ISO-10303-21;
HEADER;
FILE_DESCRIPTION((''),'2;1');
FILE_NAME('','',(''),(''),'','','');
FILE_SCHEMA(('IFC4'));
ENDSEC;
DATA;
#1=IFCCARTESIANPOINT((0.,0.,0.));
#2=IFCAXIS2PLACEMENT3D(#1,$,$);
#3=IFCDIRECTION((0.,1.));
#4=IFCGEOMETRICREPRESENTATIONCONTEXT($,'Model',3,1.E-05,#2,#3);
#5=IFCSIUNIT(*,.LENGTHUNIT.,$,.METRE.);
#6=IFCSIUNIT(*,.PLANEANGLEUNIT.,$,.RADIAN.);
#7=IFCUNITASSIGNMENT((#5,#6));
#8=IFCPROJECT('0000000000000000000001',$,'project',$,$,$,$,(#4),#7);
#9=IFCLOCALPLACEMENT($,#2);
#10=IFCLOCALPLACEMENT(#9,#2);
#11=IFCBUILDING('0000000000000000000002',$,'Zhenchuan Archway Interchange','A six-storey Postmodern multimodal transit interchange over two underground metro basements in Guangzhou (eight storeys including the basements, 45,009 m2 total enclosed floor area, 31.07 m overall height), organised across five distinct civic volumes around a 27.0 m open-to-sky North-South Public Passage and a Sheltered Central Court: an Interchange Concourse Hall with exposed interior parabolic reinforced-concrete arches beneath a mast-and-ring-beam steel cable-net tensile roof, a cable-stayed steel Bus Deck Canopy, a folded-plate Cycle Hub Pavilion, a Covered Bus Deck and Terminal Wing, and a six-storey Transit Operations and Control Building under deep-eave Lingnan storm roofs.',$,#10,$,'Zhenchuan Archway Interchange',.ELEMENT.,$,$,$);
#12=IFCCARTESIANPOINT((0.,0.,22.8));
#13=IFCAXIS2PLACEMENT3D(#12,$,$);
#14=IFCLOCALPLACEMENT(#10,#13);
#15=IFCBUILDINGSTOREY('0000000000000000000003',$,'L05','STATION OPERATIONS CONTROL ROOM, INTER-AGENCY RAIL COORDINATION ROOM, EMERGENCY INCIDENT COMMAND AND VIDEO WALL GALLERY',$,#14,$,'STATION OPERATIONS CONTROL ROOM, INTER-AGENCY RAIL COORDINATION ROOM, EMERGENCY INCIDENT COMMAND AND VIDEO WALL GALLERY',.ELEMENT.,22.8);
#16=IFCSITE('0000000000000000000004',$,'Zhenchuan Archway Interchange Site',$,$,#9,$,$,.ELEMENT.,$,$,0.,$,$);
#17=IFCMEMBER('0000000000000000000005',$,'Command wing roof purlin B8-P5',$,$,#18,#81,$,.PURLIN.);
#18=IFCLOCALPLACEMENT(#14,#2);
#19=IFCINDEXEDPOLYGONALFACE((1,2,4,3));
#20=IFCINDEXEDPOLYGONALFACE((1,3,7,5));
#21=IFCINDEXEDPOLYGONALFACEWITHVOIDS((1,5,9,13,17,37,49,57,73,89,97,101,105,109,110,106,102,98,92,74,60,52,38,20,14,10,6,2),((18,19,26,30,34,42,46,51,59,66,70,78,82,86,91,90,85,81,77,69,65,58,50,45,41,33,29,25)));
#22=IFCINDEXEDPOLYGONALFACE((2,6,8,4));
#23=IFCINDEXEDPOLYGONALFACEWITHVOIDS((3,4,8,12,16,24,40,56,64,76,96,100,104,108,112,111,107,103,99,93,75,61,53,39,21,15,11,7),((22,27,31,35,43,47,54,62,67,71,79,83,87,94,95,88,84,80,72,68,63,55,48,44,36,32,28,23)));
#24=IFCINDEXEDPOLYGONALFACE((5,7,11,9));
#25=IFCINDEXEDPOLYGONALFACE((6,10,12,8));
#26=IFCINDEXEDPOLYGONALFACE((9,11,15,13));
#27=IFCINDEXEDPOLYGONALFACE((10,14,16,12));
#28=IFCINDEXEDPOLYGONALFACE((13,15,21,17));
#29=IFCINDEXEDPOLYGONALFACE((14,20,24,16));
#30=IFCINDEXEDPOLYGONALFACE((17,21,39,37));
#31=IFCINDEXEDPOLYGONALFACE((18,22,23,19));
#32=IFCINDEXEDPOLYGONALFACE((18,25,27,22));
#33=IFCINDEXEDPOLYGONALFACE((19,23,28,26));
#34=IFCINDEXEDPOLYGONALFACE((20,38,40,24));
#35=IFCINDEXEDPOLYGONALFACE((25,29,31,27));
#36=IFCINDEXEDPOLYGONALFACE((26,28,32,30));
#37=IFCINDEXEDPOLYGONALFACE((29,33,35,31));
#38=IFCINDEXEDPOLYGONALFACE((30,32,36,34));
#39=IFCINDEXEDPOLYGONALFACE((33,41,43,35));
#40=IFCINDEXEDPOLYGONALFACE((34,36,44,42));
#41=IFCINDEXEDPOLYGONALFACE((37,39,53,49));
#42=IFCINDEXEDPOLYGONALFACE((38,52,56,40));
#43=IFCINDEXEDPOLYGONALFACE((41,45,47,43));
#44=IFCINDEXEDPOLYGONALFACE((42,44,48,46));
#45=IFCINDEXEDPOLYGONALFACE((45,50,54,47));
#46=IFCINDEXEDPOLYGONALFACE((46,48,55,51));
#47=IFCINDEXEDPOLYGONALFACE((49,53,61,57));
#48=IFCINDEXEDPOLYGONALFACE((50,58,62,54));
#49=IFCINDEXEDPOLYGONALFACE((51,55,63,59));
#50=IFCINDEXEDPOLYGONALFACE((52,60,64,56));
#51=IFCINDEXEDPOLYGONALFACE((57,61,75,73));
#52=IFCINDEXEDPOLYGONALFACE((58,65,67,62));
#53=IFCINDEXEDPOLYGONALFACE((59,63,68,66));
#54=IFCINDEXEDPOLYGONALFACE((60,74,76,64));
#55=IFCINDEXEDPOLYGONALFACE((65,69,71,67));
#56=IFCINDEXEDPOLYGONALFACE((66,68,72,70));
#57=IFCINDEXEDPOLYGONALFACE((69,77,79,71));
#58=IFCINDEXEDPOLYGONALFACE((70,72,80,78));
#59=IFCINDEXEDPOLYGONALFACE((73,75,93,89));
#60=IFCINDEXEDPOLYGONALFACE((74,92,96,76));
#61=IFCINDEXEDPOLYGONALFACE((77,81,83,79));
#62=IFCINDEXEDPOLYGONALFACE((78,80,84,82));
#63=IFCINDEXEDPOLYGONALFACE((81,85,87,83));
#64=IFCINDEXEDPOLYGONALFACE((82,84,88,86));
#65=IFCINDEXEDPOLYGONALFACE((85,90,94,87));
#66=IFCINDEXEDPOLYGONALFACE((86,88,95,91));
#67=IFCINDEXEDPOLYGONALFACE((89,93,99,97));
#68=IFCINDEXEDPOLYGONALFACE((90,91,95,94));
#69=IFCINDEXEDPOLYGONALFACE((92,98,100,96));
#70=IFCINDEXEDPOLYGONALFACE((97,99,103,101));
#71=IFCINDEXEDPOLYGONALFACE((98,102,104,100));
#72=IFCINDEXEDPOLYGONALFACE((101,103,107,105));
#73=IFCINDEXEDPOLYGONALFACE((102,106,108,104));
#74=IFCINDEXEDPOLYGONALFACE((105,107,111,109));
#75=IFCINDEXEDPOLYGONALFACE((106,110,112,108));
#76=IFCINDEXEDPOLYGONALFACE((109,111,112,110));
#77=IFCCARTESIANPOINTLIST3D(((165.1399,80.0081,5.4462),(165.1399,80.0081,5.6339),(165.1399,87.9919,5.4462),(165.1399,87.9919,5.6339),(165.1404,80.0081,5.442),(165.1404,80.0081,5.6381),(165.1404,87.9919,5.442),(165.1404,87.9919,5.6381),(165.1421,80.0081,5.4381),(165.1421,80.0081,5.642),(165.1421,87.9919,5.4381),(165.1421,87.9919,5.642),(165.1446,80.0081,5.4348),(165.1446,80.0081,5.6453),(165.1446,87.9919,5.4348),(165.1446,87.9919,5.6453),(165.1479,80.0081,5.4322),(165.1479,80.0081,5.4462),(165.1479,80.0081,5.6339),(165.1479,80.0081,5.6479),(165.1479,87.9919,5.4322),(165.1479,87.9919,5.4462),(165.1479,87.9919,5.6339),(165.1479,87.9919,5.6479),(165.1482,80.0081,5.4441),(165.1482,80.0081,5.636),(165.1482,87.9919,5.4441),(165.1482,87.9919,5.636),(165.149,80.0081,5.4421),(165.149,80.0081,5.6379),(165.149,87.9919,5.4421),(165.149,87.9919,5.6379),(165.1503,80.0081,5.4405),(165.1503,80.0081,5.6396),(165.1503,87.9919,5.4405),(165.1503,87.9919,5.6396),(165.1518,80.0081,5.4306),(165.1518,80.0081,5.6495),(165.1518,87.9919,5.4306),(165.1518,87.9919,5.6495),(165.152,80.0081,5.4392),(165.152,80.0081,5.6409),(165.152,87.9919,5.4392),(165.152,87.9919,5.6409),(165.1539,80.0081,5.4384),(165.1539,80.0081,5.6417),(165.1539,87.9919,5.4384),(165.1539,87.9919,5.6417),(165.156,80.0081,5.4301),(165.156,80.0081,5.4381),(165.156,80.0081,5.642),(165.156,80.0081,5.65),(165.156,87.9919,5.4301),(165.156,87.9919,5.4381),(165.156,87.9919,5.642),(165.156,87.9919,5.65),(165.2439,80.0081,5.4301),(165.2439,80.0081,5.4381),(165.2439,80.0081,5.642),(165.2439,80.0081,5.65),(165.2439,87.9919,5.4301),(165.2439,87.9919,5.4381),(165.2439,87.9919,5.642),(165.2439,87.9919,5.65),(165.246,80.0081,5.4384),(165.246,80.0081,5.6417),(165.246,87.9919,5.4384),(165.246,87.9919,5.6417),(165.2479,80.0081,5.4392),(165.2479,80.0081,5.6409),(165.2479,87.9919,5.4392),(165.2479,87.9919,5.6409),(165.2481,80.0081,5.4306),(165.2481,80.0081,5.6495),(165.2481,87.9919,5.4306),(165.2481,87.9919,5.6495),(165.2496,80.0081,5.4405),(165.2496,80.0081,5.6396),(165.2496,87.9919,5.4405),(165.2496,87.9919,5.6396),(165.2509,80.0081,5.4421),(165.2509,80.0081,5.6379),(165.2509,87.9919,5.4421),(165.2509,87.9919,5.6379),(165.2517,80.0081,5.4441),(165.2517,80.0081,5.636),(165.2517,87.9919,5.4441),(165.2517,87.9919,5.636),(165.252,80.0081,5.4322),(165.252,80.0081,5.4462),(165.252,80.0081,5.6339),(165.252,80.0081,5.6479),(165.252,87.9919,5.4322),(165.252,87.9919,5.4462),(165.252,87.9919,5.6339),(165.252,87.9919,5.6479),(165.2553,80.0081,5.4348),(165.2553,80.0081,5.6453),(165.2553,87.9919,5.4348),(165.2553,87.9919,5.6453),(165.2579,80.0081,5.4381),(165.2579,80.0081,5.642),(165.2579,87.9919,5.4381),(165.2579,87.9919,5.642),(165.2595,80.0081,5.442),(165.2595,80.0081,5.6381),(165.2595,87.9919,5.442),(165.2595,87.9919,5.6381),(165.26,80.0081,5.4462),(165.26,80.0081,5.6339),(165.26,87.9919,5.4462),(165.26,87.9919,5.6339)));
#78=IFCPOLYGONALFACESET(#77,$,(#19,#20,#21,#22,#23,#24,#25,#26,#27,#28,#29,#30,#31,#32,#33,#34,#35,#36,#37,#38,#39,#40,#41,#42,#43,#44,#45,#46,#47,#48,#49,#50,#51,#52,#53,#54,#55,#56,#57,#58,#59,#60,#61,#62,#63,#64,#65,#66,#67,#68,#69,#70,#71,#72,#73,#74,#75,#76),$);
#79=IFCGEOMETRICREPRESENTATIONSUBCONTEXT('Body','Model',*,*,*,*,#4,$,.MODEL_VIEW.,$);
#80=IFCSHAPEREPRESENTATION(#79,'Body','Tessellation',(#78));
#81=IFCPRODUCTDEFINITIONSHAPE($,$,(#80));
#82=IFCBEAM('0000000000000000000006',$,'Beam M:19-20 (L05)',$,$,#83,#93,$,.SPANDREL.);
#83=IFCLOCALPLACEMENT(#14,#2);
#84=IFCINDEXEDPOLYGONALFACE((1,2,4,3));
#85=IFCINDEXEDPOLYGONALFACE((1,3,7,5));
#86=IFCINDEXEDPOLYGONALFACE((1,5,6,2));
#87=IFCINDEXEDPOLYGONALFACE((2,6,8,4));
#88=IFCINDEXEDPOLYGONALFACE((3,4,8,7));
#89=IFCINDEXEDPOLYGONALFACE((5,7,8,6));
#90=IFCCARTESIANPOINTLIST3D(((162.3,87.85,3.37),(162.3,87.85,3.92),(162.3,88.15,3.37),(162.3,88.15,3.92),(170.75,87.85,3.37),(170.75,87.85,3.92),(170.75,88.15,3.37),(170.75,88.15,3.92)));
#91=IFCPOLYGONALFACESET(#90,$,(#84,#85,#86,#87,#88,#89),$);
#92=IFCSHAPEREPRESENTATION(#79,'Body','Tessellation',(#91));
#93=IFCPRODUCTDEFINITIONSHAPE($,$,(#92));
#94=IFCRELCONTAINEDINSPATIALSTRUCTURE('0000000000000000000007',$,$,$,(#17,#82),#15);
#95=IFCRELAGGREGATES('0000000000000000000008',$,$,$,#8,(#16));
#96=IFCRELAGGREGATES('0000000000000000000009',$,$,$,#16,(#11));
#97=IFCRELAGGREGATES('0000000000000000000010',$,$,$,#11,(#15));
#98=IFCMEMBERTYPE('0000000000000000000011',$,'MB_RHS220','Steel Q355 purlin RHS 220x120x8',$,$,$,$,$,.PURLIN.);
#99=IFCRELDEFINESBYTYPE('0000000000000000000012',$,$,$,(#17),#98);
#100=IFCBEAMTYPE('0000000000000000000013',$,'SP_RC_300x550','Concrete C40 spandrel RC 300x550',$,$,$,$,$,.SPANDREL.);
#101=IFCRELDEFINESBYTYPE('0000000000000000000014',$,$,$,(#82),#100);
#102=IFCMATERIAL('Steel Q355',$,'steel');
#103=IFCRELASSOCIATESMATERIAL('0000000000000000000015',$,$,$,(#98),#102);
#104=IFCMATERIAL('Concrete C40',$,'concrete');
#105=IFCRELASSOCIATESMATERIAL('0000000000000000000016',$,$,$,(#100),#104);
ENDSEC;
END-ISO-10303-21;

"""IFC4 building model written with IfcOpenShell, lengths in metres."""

from ifc_helpers import new_model, si_unit, direction, frame, origin, origin_2d, place, context, subcontext, project, spatial, rectangle, hollow_rectangle, extrude, material, material_profile, profile_set, type_object, element, save


model = new_model("IFC4")

# Units and contexts
model_context = context("Model", 3, precision=1e-05, world=origin(), true_north=direction((0.0, 1.0)))
body_context = subcontext(model_context, "Body", "Model", "MODEL_VIEW")
ifc_project = project(units=[si_unit("LENGTHUNIT", "METRE"), si_unit("PLANEANGLEUNIT", "RADIAN")], contexts=[model_context])

# Site, building, storey
site_placement = place(None, origin())
site = spatial("IfcSite", under=ifc_project, at=site_placement, Name="Zhenchuan Archway Interchange Site", CompositionType="ELEMENT", RefElevation=0.0)
building_placement = place(site_placement, origin())
building = spatial("IfcBuilding", under=site, at=building_placement, Name="Zhenchuan Archway Interchange", Description="A six-storey Postmodern multimodal transit interchange over two underground metro basements in Guangzhou (eight storeys including the basements, 45,009 m2 total enclosed floor area, 31.07 m overall height), organised across five distinct civic volumes around a 27.0 m open-to-sky North-South Public Passage and a Sheltered Central Court: an Interchange Concourse Hall with exposed interior parabolic reinforced-concrete arches beneath a mast-and-ring-beam steel cable-net tensile roof, a cable-stayed steel Bus Deck Canopy, a folded-plate Cycle Hub Pavilion, a Covered Bus Deck and Terminal Wing, and a six-storey Transit Operations and Control Building under deep-eave Lingnan storm roofs.", LongName="Zhenchuan Archway Interchange", CompositionType="ELEMENT")
storey_placement = place(building_placement, frame((0.0, 0.0, 22.8)))
storey = spatial("IfcBuildingStorey", under=building, at=storey_placement, Name="L05", Description="STATION OPERATIONS CONTROL ROOM, INTER-AGENCY RAIL COORDINATION ROOM, EMERGENCY INCIDENT COMMAND AND VIDEO WALL GALLERY", LongName="STATION OPERATIONS CONTROL ROOM, INTER-AGENCY RAIL COORDINATION ROOM, EMERGENCY INCIDENT COMMAND AND VIDEO WALL GALLERY", CompositionType="ELEMENT", Elevation=22.8)

# Shared definitions
ifc_material_1 = material(Name="Concrete C40", Category="concrete")

# Shared definitions
ifc_material_2 = material(Name="Steel Q355", Category="steel")

# Member
ifc_material_profile_1 = material_profile(ifc_material_2, hollow_rectangle(XDim=0.1201, YDim=0.22, WallThickness=0.0081, InnerFilletRadius=0.0081, OuterFilletRadius=0.0161, at=origin_2d()), Name="RHS 220x120x8")
ifc_profile_set_1 = profile_set([ifc_material_profile_1], Name="Steel Q355")
member_type_1 = type_object("IfcMemberType", Name="MB_RHS220", Description="Steel Q355 purlin RHS 220x120x8", PredefinedType="PURLIN", material=ifc_profile_set_1)
member_1_placement = place(storey_placement, frame((165.2, 80.0081, 5.54), z_axis=(0.0, 1.0, 0.0), x_axis=(-1.0, 0.0, 0.0)))
element("IfcMember", 1, at=member_1_placement, inside=storey, type_object=member_type_1, Name="Command wing roof purlin B8-P5", PredefinedType="PURLIN", context=body_context, shape_type="SweptSolid", body=[
    extrude(hollow_rectangle(XDim=0.1201, YDim=0.22, WallThickness=0.0081, InnerFilletRadius=0.0081, OuterFilletRadius=0.0161, at=origin_2d()), origin(), (0.0, 0.0, 1.0), 7.9839),
])

# Beam
ifc_material_profile_2 = material_profile(ifc_material_1, rectangle(XDim=0.3, YDim=0.55, at=origin_2d()), Name="RC 300x550")
ifc_profile_set_2 = profile_set([ifc_material_profile_2], Name="Concrete C40")
beam_type_1 = type_object("IfcBeamType", Name="SP_RC_300x550", Description="Concrete C40 spandrel RC 300x550", PredefinedType="SPANDREL", material=ifc_profile_set_2)
beam_1_placement = place(storey_placement, frame((162.3, 88.0, 3.645), z_axis=(1.0, 0.0, 0.0), x_axis=(0.0, 1.0, 0.0)))
element("IfcBeam", 2, at=beam_1_placement, inside=storey, type_object=beam_type_1, Name="Beam M:19-20 (L05)", PredefinedType="SPANDREL", context=body_context, shape_type="SweptSolid", body=[
    extrude(rectangle(XDim=0.3, YDim=0.55, at=origin_2d()), origin(), (0.0, 0.0, 1.0), 8.45),
])

save(model, "model.ifc")
